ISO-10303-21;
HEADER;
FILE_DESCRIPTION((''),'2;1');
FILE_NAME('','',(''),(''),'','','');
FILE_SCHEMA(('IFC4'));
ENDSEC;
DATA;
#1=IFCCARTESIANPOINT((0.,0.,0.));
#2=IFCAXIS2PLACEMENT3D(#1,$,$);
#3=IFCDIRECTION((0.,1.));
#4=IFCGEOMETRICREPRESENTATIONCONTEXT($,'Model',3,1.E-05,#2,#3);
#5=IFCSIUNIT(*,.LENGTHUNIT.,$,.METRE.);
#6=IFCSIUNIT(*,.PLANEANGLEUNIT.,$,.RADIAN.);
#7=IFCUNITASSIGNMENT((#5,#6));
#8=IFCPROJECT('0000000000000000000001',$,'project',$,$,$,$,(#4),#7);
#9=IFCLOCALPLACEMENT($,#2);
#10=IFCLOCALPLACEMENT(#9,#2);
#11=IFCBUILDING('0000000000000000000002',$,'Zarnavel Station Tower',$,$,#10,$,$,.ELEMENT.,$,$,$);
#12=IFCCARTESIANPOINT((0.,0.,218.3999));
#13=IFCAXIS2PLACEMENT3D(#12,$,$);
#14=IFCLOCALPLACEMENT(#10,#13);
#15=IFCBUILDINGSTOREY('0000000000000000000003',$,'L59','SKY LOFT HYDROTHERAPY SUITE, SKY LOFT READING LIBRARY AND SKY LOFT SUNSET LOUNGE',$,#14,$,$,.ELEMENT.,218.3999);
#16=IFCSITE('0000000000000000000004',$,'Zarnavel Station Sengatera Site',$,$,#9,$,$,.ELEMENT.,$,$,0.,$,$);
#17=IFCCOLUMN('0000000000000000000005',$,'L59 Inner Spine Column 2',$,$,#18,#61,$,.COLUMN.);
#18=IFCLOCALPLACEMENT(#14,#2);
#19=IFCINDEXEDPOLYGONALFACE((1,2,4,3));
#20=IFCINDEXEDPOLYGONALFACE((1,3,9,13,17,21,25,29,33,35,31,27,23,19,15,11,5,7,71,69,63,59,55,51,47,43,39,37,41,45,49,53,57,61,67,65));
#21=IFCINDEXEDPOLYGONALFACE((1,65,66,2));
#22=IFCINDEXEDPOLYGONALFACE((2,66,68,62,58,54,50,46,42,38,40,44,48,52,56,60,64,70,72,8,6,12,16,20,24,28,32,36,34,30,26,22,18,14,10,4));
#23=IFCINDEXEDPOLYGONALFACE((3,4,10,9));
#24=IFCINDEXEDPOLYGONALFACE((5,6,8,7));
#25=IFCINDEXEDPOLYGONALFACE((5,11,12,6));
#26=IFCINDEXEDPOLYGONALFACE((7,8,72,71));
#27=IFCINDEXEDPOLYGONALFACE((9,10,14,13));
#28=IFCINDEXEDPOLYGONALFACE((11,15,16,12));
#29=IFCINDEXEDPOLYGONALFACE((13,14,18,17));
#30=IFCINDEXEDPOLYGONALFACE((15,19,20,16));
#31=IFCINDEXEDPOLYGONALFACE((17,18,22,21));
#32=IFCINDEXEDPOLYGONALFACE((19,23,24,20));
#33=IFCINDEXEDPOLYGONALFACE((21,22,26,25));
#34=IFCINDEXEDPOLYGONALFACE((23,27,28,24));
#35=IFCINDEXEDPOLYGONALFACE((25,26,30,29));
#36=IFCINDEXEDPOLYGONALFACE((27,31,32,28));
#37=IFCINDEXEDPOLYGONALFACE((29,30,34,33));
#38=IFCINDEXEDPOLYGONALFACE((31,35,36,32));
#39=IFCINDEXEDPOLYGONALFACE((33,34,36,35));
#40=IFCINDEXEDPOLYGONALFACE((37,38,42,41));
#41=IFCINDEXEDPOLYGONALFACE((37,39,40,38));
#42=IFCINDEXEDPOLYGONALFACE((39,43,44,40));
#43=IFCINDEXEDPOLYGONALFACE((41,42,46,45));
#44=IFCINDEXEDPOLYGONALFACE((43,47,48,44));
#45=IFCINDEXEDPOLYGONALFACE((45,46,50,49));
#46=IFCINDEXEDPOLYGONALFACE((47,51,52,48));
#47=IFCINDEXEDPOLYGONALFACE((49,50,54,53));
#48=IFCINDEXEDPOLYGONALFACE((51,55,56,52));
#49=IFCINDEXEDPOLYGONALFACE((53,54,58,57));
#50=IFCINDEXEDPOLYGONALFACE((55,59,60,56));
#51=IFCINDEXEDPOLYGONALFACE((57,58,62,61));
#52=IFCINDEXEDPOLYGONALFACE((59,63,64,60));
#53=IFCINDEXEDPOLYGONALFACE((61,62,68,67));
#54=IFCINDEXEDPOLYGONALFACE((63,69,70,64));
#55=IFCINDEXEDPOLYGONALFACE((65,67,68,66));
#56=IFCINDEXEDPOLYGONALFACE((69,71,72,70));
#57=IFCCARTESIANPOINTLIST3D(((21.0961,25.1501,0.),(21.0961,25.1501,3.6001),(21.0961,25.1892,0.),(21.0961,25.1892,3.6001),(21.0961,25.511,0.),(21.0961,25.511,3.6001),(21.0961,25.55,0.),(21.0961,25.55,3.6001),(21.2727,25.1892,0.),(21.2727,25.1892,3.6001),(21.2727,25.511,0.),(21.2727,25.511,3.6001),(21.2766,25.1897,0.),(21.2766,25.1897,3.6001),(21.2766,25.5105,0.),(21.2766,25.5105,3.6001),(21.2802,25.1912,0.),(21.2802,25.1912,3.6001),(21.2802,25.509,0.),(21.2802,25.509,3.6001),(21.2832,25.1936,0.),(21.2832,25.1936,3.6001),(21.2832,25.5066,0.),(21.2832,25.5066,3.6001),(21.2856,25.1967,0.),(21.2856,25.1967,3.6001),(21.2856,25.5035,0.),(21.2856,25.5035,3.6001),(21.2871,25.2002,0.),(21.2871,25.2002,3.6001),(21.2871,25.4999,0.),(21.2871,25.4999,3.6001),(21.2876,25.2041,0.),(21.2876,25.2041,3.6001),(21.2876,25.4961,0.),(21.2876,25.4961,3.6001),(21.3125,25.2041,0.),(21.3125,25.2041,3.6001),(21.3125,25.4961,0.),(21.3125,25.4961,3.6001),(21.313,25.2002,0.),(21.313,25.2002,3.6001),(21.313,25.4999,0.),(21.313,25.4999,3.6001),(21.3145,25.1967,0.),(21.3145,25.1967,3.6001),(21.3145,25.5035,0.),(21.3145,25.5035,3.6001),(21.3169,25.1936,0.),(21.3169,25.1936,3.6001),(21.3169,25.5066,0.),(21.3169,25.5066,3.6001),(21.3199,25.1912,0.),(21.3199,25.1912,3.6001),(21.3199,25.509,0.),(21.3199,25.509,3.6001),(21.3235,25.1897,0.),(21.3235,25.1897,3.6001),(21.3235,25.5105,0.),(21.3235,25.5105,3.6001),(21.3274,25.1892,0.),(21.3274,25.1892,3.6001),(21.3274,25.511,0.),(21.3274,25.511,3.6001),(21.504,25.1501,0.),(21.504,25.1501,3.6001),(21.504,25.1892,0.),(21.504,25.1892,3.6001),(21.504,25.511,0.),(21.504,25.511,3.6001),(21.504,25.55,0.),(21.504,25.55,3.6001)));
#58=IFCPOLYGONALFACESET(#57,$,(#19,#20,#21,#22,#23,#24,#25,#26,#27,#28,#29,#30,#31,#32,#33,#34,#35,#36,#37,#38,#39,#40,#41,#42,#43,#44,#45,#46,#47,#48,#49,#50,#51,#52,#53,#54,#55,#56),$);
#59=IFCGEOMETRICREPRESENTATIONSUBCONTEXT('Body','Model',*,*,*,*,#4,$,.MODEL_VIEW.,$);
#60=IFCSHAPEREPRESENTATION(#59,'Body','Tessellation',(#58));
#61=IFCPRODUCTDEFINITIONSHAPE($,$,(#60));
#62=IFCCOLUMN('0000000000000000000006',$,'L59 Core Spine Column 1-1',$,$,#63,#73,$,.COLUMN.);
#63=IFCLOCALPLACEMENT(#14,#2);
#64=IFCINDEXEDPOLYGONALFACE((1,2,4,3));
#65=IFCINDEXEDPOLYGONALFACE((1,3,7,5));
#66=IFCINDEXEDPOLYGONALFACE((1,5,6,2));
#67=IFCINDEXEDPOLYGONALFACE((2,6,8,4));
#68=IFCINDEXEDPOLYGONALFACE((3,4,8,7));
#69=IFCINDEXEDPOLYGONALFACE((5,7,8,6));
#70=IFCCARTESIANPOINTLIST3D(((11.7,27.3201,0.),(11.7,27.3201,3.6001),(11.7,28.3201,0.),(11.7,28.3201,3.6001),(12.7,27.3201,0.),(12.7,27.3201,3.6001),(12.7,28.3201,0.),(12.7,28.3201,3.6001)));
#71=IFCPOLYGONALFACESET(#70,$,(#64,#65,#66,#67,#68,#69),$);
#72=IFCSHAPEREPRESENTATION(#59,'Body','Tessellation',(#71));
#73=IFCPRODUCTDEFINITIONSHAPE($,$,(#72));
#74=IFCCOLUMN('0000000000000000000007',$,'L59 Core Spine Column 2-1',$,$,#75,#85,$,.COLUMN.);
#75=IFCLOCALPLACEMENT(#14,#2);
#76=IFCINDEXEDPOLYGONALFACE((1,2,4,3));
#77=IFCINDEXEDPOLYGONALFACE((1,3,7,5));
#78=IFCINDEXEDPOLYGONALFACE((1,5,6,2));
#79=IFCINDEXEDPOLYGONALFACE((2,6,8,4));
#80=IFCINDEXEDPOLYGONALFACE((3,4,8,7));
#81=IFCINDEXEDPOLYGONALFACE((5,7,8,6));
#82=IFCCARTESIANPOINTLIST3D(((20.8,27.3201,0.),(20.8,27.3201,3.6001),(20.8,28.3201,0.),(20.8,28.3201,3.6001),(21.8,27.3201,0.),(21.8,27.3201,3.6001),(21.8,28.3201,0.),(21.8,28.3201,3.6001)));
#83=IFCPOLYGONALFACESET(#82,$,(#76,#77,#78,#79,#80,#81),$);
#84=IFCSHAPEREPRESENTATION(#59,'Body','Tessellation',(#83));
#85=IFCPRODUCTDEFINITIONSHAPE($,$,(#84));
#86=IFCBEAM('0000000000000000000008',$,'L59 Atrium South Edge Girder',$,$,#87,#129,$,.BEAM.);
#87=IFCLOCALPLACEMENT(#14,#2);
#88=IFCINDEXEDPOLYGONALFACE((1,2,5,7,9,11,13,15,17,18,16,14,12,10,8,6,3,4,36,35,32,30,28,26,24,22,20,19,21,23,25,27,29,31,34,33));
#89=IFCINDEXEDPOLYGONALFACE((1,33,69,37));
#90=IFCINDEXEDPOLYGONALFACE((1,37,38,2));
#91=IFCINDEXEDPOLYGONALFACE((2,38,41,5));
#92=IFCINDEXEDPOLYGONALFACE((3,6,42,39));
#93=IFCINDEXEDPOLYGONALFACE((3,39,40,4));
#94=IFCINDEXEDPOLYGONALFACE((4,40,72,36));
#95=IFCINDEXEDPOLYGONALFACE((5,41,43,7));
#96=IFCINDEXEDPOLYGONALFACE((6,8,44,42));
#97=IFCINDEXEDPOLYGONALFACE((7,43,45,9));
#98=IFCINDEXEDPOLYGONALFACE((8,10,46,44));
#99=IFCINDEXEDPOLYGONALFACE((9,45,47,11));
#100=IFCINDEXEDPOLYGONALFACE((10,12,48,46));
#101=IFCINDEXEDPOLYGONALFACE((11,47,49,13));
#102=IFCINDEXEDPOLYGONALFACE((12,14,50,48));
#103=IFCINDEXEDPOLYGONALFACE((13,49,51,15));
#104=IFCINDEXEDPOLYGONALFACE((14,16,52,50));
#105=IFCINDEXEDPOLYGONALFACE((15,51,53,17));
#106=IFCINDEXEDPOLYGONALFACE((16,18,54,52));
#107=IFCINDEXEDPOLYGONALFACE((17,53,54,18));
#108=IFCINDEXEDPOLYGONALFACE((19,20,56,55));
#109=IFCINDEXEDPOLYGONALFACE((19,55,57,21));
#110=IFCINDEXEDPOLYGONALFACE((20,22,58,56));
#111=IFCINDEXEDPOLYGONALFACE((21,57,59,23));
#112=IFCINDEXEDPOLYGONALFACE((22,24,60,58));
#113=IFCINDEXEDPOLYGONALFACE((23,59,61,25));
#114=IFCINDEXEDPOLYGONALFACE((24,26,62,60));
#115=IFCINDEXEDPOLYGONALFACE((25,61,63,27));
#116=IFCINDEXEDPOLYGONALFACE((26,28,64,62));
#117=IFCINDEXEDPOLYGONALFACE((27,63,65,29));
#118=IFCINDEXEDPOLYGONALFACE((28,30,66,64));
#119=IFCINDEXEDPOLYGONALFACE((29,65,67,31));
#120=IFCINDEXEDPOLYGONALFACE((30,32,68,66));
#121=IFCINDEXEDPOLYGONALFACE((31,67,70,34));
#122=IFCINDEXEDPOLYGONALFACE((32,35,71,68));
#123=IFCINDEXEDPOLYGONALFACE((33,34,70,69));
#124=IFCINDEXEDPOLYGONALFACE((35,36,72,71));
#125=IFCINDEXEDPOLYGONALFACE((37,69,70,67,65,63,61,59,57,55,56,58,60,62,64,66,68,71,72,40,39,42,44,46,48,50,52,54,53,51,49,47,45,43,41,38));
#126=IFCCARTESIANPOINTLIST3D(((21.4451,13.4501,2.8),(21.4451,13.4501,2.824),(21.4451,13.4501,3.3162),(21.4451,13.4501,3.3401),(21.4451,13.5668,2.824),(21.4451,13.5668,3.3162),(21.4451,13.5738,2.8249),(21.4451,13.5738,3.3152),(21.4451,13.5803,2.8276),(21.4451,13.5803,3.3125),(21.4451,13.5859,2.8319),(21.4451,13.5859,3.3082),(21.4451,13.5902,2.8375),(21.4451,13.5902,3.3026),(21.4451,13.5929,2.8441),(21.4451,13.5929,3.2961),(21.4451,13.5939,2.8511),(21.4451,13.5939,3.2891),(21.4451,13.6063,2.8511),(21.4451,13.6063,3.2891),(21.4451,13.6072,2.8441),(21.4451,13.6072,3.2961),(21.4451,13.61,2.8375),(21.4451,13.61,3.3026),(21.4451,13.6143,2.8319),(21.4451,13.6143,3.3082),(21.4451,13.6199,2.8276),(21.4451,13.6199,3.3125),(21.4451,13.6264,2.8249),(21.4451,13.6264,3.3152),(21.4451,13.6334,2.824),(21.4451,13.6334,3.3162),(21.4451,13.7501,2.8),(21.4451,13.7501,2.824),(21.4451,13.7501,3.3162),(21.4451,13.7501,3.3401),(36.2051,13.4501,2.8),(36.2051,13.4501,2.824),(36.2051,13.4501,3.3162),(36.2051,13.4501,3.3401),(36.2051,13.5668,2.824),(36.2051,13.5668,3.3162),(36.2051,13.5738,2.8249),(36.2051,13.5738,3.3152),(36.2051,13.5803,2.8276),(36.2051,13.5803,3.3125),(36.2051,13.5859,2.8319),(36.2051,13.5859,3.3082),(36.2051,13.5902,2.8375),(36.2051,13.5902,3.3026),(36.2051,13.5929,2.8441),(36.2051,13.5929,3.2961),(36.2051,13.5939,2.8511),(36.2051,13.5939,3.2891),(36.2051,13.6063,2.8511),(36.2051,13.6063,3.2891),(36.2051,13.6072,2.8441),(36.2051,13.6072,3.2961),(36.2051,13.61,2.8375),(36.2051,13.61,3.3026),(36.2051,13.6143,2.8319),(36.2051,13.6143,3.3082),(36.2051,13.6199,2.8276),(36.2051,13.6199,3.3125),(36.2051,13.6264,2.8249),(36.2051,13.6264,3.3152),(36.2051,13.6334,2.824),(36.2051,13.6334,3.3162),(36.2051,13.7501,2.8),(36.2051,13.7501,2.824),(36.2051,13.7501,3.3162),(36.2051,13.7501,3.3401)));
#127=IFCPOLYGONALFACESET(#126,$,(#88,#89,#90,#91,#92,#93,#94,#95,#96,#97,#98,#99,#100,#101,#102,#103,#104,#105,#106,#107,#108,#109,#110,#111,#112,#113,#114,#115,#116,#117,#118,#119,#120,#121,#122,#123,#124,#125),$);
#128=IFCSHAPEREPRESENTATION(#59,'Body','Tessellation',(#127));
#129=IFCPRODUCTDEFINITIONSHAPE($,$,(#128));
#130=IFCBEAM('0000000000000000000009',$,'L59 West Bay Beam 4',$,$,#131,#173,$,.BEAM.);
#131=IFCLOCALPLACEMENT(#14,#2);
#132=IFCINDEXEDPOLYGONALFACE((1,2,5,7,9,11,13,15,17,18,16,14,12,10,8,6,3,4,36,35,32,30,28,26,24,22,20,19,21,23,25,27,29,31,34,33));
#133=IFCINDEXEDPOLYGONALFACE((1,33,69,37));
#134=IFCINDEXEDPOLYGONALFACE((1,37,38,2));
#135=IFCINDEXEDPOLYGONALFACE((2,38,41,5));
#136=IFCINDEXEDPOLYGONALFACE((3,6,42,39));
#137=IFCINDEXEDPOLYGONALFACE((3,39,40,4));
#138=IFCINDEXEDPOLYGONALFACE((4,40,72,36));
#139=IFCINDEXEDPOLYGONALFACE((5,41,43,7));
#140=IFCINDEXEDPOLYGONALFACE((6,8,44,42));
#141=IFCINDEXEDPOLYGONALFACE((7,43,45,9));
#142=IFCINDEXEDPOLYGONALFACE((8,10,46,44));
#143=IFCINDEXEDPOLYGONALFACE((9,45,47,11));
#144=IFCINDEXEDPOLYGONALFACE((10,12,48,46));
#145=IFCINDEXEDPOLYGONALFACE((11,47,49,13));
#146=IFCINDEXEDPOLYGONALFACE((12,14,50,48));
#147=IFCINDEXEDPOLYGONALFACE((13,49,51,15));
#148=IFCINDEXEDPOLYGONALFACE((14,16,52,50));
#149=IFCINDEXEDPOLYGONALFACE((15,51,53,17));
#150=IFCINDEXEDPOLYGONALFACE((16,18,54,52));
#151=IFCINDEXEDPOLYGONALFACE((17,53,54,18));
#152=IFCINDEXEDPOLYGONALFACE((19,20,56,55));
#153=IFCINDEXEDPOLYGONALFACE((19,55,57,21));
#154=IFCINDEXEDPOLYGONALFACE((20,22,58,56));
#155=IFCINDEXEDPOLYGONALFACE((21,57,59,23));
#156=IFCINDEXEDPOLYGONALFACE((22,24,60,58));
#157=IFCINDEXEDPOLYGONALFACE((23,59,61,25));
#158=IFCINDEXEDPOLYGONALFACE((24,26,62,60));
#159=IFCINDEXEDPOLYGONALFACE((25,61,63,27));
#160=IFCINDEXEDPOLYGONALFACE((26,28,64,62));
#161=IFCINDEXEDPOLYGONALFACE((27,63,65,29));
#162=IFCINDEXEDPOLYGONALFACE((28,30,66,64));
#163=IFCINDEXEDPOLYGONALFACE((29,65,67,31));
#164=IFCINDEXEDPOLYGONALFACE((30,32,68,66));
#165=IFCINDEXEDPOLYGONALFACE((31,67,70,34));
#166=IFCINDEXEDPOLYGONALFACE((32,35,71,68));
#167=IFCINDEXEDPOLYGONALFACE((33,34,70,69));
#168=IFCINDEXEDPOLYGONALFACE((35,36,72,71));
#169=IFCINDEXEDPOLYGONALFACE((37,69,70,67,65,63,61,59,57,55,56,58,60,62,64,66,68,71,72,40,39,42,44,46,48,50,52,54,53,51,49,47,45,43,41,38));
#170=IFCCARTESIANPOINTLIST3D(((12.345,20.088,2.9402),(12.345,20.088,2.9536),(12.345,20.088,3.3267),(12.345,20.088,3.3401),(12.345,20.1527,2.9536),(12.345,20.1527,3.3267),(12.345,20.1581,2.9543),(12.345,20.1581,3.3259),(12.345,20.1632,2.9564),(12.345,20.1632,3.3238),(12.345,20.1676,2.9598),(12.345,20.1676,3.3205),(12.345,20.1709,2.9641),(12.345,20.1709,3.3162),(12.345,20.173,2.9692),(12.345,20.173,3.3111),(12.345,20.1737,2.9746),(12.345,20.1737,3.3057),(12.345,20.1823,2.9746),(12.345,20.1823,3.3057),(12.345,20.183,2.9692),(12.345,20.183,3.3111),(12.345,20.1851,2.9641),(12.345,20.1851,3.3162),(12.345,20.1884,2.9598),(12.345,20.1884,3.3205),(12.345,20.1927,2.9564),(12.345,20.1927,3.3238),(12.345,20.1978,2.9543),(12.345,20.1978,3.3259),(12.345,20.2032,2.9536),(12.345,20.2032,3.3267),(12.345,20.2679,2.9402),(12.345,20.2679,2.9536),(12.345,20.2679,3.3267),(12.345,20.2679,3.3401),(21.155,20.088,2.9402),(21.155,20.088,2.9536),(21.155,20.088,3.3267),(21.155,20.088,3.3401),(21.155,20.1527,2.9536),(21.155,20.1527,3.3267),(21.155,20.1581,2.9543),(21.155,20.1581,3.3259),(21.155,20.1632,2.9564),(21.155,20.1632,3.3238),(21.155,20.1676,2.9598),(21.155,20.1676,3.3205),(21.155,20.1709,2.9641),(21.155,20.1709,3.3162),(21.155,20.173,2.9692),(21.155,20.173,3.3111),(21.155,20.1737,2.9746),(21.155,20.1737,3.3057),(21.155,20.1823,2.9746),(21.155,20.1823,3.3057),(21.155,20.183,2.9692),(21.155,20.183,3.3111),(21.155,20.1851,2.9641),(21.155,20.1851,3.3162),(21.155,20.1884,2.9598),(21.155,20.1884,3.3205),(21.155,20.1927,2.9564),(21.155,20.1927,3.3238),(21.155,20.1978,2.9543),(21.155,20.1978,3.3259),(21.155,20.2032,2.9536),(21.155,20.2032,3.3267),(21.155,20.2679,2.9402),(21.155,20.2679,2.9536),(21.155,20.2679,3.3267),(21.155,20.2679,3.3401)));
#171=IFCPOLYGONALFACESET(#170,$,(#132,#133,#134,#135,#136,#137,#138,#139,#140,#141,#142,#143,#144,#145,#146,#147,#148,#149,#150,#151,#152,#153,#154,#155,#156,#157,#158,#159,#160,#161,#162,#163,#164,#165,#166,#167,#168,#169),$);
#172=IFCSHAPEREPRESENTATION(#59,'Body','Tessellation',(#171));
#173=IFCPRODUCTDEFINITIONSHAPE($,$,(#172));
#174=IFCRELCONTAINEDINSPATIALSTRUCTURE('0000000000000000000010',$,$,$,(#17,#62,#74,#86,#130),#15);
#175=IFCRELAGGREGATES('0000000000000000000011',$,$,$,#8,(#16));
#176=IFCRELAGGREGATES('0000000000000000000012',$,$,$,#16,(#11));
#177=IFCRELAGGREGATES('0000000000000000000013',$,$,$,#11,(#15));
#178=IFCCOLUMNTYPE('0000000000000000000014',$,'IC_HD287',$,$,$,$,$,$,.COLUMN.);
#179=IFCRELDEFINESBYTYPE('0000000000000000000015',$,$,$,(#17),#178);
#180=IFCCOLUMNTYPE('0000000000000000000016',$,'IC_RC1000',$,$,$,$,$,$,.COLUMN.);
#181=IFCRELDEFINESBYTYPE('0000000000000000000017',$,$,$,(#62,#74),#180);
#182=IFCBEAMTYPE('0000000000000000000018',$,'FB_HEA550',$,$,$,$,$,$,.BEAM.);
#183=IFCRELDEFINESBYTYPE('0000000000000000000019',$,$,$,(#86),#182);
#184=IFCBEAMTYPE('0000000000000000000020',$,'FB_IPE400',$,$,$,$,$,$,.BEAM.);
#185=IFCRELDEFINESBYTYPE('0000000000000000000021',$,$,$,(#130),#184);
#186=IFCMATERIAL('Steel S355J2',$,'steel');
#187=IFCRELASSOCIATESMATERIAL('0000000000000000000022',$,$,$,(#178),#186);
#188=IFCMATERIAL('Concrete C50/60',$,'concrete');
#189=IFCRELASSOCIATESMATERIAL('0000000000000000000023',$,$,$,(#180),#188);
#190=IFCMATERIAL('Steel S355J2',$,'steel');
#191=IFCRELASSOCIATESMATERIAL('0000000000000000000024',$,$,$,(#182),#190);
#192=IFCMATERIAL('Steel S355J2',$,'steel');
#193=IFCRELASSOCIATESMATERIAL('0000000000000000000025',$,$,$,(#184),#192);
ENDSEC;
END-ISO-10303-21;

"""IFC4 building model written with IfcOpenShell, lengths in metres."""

from ifc_helpers import new_model, si_unit, direction, frame, origin, origin_2d, place, context, subcontext, project, spatial, rectangle, i_section, extrude, material, material_profile, profile_set, type_object, element, save


model = new_model("IFC4")

# Units and contexts
model_context = context("Model", 3, precision=1e-05, world=origin(), true_north=direction((0.0, 1.0)))
body_context = subcontext(model_context, "Body", "Model", "MODEL_VIEW")
ifc_project = project(units=[si_unit("LENGTHUNIT", "METRE"), si_unit("PLANEANGLEUNIT", "RADIAN")], contexts=[model_context])

# Site, building, storey
site_placement = place(None, origin())
site = spatial("IfcSite", under=ifc_project, at=site_placement, Name="Zarnavel Station Sengatera Site", CompositionType="ELEMENT", RefElevation=0.0)
building_placement = place(site_placement, origin())
building = spatial("IfcBuilding", under=site, at=building_placement, Name="Zarnavel Station Tower", CompositionType="ELEMENT")
storey_placement = place(building_placement, frame((0.0, 0.0, 218.3999)))
storey = spatial("IfcBuildingStorey", under=building, at=storey_placement, Name="L59", Description="SKY LOFT HYDROTHERAPY SUITE, SKY LOFT READING LIBRARY AND SKY LOFT SUNSET LOUNGE", CompositionType="ELEMENT", Elevation=218.3999)

# Columns
ifc_material_1 = material(Name="Steel S355J2", Category="steel")
ifc_material_profile_1 = material_profile(ifc_material_1, i_section(OverallWidth=0.408, OverallDepth=0.3999, WebThickness=0.0249, FlangeThickness=0.0391, FilletRadius=0.0149, at=origin_2d()), Name="HD400x287")
ifc_profile_set_1 = profile_set([ifc_material_profile_1], Name="Steel S355J2")
column_type_1 = type_object("IfcColumnType", Name="IC_HD287", PredefinedType="COLUMN", material=ifc_profile_set_1)
column_placement = place(storey_placement, frame((21.3, 25.3501, 0.0), z_axis=(0.0, 0.0, 1.0), x_axis=(1.0, 0.0, 0.0)))
element("IfcColumn", 1, at=column_placement, inside=storey, type_object=column_type_1, Name="L59 Inner Spine Column 2", PredefinedType="COLUMN", context=body_context, shape_type="SweptSolid", body=[
    extrude(i_section(OverallWidth=0.408, OverallDepth=0.3999, WebThickness=0.0249, FlangeThickness=0.0391, FilletRadius=0.0149, at=origin_2d()), origin(), (0.0, 0.0, 1.0), 3.6001),
])
ifc_material_2 = material(Name="Concrete C50/60", Category="concrete")
ifc_material_profile_2 = material_profile(ifc_material_2, rectangle(XDim=1.0, YDim=1.0, at=origin_2d()), Name="RC1000x1000")
ifc_profile_set_2 = profile_set([ifc_material_profile_2], Name="Concrete C50/60")
column_type_2 = type_object("IfcColumnType", Name="IC_RC1000", PredefinedType="COLUMN", material=ifc_profile_set_2)
for number, where, z_axis, x_axis, name in (
    (2, (12.2, 27.8201, 0.0), (0.0, 0.0, 1.0), (1.0, 0.0, 0.0), "L59 Core Spine Column 1-1"),
    (3, (21.3, 27.8201, 0.0), (0.0, 0.0, 1.0), (1.0, 0.0, 0.0), "L59 Core Spine Column 2-1"),
):
    element("IfcColumn", number, at=place(storey_placement, frame(where, z_axis=z_axis, x_axis=x_axis)), inside=storey, type_object=column_type_2, Name=name, PredefinedType="COLUMN", context=body_context, shape_type="SweptSolid", body=[
        extrude(rectangle(XDim=1.0, YDim=1.0, at=origin_2d()), origin(), (0.0, 0.0, 1.0), 3.6001),
    ])

# Beams
ifc_material_3 = material(Name="Steel S355J2", Category="steel")
ifc_material_profile_3 = material_profile(ifc_material_3, i_section(OverallWidth=0.3, OverallDepth=0.54, WebThickness=0.0125, FlangeThickness=0.0239, FilletRadius=0.0271, at=origin_2d()), Name="HEA550")
ifc_profile_set_3 = profile_set([ifc_material_profile_3], Name="Steel S355J2")
beam_type_1 = type_object("IfcBeamType", Name="FB_HEA550", PredefinedType="BEAM", material=ifc_profile_set_3)
beam_1_placement = place(storey_placement, frame((21.4451, 13.6001, 3.0701), z_axis=(1.0, 0.0, 0.0), x_axis=(0.0, 1.0, 0.0)))
element("IfcBeam", 4, at=beam_1_placement, inside=storey, type_object=beam_type_1, Name="L59 Atrium South Edge Girder", PredefinedType="BEAM", context=body_context, shape_type="SweptSolid", body=[
    extrude(i_section(OverallWidth=0.3, OverallDepth=0.54, WebThickness=0.0125, FlangeThickness=0.0239, FilletRadius=0.0271, at=origin_2d()), origin(), (0.0, 0.0, 1.0), 14.76),
])
ifc_material_4 = material(Name="Steel S355J2", Category="steel")
ifc_material_profile_4 = material_profile(ifc_material_4, i_section(OverallWidth=0.1799, OverallDepth=0.3999, WebThickness=0.0085, FlangeThickness=0.0134, FilletRadius=0.021, at=origin_2d()), Name="IPE400")
ifc_profile_set_4 = profile_set([ifc_material_profile_4], Name="Steel S355J2")
beam_type_2 = type_object("IfcBeamType", Name="FB_IPE400", PredefinedType="BEAM", material=ifc_profile_set_4)
beam_2_placement = place(storey_placement, frame((12.345, 20.178, 3.1401), z_axis=(1.0, 0.0, 0.0), x_axis=(0.0, 1.0, 0.0)))
element("IfcBeam", 5, at=beam_2_placement, inside=storey, type_object=beam_type_2, Name="L59 West Bay Beam 4", PredefinedType="BEAM", context=body_context, shape_type="SweptSolid", body=[
    extrude(i_section(OverallWidth=0.1799, OverallDepth=0.3999, WebThickness=0.0085, FlangeThickness=0.0134, FilletRadius=0.021, at=origin_2d()), origin(), (0.0, 0.0, 1.0), 8.8101),
])

save(model, "model.ifc")
